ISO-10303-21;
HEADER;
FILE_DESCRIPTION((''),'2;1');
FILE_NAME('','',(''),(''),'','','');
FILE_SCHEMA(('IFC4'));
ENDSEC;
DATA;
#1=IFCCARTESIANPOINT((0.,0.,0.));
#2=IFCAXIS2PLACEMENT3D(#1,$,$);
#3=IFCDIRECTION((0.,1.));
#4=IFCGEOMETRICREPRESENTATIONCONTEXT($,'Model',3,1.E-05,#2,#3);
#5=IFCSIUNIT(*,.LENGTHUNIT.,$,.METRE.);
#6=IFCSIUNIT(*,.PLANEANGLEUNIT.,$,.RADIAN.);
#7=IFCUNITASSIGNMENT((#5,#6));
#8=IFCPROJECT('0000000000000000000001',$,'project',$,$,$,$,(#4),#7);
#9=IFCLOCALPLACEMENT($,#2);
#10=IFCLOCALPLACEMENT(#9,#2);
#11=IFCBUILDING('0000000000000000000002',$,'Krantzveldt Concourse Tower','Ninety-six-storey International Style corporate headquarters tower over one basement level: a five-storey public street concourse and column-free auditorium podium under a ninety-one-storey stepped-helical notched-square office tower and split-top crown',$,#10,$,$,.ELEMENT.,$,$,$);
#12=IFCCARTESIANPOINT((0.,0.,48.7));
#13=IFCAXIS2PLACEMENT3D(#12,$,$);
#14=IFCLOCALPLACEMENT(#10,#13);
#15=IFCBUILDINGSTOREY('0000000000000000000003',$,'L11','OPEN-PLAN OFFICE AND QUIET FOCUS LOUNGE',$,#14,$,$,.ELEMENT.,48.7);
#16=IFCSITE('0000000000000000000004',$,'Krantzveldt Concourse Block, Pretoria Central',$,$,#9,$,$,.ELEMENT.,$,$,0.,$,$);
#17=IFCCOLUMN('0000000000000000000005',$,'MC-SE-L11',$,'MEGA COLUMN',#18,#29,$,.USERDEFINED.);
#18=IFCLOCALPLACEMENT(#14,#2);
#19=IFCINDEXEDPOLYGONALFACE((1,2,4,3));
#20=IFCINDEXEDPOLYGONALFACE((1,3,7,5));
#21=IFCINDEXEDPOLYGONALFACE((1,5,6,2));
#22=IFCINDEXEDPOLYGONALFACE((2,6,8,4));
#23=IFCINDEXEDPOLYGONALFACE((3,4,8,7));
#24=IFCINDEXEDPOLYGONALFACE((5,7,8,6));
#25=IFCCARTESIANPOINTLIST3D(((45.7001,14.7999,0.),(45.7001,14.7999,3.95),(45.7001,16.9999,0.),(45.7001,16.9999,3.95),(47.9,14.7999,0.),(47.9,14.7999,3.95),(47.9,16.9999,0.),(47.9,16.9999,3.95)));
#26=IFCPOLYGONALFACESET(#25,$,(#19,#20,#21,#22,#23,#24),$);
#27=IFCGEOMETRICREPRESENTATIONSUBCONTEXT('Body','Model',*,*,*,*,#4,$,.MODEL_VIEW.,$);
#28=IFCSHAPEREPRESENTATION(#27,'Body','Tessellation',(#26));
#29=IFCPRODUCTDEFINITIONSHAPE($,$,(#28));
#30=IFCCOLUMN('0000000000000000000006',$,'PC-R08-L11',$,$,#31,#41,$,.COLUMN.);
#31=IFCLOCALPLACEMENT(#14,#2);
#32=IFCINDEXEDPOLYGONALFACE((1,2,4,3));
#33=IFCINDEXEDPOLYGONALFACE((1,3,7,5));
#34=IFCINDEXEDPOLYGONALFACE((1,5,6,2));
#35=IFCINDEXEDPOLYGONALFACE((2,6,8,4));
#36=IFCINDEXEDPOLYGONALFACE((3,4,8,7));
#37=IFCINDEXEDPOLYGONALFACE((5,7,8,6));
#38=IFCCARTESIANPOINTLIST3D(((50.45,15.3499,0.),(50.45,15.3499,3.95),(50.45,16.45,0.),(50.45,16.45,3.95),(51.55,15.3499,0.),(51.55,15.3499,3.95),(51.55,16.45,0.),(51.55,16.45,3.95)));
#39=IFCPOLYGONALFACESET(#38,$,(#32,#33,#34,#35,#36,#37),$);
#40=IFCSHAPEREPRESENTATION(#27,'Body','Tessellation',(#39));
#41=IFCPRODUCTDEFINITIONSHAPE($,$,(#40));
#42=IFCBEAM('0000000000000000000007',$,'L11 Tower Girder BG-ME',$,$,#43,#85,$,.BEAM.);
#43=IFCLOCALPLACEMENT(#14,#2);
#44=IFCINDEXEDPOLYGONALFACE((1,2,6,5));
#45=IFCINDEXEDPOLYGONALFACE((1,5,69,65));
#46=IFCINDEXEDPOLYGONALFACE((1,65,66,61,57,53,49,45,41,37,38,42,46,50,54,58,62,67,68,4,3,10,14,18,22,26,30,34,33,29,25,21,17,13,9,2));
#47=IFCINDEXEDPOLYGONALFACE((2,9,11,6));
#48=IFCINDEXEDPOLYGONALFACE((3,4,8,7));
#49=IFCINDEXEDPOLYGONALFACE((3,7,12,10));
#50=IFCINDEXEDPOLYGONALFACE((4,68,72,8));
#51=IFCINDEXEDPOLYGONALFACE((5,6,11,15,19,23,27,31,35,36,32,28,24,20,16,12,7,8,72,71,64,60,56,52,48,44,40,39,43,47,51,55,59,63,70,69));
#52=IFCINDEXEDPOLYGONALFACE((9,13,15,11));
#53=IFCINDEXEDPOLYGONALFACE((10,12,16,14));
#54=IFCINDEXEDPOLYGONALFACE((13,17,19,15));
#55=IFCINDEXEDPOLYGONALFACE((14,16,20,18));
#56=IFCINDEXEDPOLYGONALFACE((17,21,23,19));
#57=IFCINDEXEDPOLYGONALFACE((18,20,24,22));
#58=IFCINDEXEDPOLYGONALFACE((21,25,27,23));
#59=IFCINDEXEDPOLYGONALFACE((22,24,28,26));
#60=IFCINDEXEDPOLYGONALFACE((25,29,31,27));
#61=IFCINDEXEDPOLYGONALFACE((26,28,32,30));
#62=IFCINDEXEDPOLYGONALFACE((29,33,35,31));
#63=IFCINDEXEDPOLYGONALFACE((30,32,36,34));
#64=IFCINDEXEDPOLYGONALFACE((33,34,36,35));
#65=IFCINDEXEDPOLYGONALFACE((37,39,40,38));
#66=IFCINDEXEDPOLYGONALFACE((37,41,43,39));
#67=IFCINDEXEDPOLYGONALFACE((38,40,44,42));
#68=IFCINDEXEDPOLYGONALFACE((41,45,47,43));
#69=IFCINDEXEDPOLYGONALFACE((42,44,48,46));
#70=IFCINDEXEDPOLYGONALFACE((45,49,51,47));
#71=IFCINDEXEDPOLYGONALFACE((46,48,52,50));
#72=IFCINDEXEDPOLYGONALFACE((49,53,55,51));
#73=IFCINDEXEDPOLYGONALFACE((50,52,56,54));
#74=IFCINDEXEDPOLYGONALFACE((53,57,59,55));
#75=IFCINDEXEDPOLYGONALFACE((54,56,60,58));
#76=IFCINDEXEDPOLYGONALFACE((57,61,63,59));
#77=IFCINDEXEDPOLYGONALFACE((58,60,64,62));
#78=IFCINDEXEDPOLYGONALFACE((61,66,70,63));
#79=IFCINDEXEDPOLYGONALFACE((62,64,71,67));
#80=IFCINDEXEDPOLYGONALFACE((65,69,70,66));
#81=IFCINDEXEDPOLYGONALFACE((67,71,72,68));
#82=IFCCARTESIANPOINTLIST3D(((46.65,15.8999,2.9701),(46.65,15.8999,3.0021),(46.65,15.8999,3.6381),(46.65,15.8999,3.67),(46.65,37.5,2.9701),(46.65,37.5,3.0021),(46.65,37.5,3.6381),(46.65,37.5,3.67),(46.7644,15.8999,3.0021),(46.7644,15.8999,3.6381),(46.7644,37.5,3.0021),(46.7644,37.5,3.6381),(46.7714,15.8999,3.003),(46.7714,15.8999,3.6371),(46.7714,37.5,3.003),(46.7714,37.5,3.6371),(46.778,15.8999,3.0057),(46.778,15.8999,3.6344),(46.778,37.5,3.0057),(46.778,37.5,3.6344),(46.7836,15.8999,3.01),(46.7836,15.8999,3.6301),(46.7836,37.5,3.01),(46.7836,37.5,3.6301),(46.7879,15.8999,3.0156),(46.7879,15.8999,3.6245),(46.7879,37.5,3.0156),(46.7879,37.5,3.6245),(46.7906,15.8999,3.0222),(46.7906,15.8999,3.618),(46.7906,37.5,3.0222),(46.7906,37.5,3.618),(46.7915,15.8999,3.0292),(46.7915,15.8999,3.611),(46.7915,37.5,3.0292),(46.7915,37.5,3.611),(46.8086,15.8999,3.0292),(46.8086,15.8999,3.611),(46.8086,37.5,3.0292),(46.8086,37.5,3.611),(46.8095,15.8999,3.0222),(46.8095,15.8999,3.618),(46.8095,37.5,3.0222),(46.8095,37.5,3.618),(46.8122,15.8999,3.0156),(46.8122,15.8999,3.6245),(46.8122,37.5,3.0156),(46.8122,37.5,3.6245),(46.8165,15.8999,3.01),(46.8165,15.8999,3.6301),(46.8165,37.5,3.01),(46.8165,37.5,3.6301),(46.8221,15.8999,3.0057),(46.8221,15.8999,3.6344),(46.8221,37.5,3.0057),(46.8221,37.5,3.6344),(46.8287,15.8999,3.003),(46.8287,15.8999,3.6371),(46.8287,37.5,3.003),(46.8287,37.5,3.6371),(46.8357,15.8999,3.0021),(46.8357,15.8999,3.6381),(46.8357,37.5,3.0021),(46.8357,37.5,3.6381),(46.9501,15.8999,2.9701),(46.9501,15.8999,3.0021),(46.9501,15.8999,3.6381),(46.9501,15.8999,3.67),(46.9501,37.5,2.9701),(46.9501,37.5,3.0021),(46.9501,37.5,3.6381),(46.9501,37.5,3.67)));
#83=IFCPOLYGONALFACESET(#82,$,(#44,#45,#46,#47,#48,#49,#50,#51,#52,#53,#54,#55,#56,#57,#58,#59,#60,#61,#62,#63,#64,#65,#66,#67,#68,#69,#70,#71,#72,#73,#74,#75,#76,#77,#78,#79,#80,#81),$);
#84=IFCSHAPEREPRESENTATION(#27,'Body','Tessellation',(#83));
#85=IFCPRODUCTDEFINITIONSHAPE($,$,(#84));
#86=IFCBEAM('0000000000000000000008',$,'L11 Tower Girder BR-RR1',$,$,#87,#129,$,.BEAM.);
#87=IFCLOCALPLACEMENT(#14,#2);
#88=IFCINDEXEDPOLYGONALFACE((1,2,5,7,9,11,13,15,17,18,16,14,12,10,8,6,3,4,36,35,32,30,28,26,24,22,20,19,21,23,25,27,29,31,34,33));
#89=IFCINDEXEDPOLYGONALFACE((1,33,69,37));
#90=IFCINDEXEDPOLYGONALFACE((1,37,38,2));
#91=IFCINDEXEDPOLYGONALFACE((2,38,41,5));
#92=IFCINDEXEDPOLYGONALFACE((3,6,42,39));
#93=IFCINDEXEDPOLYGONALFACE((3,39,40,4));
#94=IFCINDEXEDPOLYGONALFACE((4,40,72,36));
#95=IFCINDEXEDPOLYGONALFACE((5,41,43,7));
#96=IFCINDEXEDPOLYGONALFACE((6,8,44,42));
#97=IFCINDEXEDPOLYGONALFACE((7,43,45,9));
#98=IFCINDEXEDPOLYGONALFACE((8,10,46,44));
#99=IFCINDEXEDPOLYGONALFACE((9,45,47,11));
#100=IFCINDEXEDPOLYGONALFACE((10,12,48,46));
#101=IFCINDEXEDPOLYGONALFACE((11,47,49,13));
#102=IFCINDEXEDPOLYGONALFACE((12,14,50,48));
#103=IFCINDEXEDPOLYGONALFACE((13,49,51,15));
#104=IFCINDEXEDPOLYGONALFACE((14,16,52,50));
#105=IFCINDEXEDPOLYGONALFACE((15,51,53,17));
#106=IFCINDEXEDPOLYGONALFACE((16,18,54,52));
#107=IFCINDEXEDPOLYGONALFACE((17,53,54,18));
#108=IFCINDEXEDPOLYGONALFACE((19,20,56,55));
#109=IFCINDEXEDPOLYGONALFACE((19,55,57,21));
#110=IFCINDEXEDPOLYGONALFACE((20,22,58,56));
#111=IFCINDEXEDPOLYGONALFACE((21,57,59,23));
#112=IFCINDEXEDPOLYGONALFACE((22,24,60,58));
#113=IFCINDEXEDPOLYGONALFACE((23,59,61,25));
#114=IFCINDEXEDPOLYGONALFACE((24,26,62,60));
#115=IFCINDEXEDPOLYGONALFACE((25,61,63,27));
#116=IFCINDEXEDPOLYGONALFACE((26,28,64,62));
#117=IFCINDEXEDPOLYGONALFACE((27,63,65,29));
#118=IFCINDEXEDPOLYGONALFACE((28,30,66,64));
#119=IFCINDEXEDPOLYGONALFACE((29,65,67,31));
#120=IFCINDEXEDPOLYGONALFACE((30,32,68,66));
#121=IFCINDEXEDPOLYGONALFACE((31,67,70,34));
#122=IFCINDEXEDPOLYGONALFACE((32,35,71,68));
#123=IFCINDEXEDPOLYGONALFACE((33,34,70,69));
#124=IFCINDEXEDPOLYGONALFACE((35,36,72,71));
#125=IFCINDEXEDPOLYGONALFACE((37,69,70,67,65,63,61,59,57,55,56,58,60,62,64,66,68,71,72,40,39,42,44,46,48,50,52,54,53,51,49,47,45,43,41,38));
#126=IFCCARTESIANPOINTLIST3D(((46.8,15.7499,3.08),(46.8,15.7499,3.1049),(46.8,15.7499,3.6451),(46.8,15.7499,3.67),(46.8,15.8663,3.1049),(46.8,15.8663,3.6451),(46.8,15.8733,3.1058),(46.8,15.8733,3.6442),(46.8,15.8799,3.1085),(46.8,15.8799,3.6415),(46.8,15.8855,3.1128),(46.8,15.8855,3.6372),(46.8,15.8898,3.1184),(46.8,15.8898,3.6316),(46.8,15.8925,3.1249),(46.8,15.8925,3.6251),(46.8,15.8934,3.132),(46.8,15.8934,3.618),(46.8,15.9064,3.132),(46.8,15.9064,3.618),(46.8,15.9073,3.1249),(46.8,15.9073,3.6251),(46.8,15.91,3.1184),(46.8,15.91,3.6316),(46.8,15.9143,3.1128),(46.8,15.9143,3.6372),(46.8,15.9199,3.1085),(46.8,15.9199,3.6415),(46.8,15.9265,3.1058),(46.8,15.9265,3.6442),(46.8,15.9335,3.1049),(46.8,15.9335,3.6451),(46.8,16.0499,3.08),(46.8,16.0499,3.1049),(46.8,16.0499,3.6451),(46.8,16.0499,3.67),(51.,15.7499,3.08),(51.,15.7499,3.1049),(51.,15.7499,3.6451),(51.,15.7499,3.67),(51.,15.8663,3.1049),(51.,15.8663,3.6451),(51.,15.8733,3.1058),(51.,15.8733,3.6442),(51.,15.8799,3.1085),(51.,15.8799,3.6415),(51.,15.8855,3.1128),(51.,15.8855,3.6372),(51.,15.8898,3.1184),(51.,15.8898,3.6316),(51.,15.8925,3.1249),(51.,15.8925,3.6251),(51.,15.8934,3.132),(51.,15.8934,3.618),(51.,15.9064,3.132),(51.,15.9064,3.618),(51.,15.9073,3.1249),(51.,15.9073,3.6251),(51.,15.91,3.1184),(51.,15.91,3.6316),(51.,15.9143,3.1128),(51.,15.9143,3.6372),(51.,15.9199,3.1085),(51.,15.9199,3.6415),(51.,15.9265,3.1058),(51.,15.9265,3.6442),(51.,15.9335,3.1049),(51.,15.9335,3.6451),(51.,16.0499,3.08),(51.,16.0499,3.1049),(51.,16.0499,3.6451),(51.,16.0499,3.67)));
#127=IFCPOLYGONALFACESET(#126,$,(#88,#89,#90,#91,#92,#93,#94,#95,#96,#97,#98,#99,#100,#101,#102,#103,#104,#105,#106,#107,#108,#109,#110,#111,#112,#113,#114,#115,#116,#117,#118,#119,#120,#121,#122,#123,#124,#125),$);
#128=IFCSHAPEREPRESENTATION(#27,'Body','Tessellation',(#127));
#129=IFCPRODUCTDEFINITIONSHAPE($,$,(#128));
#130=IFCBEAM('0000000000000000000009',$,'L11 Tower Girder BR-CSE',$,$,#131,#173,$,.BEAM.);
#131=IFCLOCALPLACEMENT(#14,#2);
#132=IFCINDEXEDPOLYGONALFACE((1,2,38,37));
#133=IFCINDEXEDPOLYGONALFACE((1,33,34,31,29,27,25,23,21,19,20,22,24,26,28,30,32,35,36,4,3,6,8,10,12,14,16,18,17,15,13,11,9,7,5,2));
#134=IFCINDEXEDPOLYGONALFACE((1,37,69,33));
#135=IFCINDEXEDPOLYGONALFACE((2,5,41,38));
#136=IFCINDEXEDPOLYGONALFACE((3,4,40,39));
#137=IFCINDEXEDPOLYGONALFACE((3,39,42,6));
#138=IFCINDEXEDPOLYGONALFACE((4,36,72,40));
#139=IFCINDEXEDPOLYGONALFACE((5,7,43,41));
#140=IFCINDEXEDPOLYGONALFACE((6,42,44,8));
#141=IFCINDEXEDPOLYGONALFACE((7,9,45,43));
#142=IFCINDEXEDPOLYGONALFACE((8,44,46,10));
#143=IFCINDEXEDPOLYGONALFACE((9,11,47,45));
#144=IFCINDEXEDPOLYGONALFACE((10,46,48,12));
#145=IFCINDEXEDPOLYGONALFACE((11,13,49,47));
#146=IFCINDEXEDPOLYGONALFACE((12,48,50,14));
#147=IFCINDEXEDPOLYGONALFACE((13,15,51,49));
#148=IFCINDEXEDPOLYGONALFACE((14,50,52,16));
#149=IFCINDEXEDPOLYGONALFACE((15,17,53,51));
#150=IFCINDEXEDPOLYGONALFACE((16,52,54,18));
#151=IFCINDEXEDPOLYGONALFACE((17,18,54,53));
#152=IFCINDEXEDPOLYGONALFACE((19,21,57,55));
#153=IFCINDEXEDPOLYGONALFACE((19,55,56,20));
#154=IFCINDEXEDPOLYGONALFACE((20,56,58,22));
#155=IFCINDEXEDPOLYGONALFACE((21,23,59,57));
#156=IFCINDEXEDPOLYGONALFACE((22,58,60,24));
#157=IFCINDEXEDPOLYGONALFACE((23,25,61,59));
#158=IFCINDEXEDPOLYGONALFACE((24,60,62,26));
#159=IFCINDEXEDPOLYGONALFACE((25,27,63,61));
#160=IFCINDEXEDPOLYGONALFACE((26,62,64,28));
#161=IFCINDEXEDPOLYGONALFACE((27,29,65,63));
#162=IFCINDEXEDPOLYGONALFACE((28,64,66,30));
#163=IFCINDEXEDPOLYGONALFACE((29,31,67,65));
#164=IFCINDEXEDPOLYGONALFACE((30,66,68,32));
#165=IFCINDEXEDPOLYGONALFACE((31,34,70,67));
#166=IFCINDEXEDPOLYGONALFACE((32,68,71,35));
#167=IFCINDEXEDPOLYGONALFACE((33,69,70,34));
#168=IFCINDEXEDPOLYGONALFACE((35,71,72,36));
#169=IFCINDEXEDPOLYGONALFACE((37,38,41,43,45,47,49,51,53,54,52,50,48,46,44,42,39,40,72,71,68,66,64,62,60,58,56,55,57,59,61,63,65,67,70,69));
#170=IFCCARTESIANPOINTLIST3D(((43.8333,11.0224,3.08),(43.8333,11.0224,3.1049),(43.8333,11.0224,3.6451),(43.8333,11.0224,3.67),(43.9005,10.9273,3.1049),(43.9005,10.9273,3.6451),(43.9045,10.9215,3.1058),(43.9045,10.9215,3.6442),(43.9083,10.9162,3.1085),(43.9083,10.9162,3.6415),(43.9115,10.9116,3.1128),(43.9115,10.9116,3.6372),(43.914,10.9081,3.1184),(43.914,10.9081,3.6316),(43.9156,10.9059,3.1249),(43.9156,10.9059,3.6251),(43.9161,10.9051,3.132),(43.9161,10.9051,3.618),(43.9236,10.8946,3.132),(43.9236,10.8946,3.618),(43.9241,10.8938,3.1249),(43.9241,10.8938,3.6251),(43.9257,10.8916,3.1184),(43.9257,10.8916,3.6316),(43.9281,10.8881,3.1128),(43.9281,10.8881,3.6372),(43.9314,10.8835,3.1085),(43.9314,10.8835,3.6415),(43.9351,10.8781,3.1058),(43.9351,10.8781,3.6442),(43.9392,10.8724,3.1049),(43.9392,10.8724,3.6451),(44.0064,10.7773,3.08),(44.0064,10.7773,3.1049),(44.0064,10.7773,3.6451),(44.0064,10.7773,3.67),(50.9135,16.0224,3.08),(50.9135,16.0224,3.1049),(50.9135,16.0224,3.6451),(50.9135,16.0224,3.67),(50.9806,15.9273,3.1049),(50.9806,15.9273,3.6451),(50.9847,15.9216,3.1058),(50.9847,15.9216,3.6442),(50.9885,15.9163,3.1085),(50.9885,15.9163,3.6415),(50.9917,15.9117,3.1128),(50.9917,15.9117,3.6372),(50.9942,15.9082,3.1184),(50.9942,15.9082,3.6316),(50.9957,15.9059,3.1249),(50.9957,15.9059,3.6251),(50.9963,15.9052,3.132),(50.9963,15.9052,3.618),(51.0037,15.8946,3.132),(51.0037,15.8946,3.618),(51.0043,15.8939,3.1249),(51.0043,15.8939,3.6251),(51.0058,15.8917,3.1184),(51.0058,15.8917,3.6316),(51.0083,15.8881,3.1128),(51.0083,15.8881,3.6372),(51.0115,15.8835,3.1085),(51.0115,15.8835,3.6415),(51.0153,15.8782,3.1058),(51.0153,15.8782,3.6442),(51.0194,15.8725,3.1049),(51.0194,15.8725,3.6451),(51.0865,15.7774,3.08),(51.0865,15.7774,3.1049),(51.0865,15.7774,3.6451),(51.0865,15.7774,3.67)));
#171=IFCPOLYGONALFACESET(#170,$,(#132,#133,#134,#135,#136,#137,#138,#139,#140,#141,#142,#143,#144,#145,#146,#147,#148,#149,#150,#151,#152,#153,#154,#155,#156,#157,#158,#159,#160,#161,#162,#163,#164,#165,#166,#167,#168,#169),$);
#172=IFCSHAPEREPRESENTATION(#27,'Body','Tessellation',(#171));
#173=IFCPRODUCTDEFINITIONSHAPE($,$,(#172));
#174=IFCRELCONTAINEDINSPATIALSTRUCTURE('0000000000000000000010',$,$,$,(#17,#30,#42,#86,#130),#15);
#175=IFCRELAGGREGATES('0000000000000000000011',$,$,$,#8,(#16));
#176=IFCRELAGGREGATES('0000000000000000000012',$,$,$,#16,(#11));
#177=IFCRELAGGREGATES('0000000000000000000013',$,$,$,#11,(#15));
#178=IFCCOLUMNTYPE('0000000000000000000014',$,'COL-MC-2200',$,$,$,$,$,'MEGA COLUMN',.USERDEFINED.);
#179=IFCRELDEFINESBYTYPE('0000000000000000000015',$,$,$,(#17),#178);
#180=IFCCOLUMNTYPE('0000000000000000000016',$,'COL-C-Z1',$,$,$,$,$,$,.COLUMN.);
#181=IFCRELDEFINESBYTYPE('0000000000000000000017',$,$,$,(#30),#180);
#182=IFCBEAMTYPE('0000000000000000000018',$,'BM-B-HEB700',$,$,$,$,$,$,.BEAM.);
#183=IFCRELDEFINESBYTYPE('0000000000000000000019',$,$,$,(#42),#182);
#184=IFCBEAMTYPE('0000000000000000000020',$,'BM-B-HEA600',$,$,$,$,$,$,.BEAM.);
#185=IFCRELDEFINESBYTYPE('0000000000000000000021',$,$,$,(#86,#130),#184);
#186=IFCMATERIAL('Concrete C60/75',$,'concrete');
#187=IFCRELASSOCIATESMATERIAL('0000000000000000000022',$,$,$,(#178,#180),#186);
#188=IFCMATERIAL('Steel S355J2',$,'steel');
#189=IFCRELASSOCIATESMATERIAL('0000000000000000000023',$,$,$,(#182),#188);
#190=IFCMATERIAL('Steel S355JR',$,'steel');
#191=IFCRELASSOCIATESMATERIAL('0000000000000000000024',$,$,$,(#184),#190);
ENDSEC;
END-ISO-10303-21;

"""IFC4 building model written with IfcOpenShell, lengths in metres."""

from ifc_helpers import new_model, si_unit, direction, frame, origin, origin_2d, place, context, subcontext, project, spatial, rectangle, i_section, extrude, source, transform, mapped, material, material_profile, profile_set, type_object, type_shapes, element, save


model = new_model("IFC4")

# Units and contexts
model_context = context("Model", 3, precision=1e-05, world=origin(), true_north=direction((0.0, 1.0)))
body_context = subcontext(model_context, "Body", "Model", "MODEL_VIEW")
ifc_project = project(units=[si_unit("LENGTHUNIT", "METRE"), si_unit("PLANEANGLEUNIT", "RADIAN")], contexts=[model_context])

# Site, building, storey
site_placement = place(None, origin())
site = spatial("IfcSite", under=ifc_project, at=site_placement, Name="Krantzveldt Concourse Block, Pretoria Central", CompositionType="ELEMENT", RefElevation=0.0)
building_placement = place(site_placement, origin())
building = spatial("IfcBuilding", under=site, at=building_placement, Name="Krantzveldt Concourse Tower", Description="Ninety-six-storey International Style corporate headquarters tower over one basement level: a five-storey public street concourse and column-free auditorium podium under a ninety-one-storey stepped-helical notched-square office tower and split-top crown", CompositionType="ELEMENT")
storey_placement = place(building_placement, frame((0.0, 0.0, 48.7)))
storey = spatial("IfcBuildingStorey", under=building, at=storey_placement, Name="L11", Description="OPEN-PLAN OFFICE AND QUIET FOCUS LOUNGE", CompositionType="ELEMENT", Elevation=48.7)

# Columns
ifc_material_1 = material(Name="Concrete C60/75", Category="concrete")
ifc_material_profile_1 = material_profile(ifc_material_1, rectangle(XDim=2.2, YDim=2.2, at=origin_2d()), Name="Concrete C60/75", Category="concrete")
ifc_profile_set_1 = profile_set([ifc_material_profile_1], Name="Concrete C60/75 - RC 2200x2200")
column_type_1 = type_object("IfcColumnType", Name="COL-MC-2200", ElementType="MEGA COLUMN", PredefinedType="USERDEFINED", material=ifc_profile_set_1)
shared_shape_1 = source(origin(), body_context, "Body", "SweptSolid", [
    extrude(rectangle(XDim=2.2, YDim=2.2, at=origin_2d()), origin(), (0.0, 0.0, 1.0), 3.95),
])
type_shapes(column_type_1, [shared_shape_1])
column_1_placement = place(storey_placement, frame((46.8, 15.8999, 0.0), z_axis=(0.0, 0.0, 1.0), x_axis=(1.0, 0.0, 0.0)))
element("IfcColumn", 1, at=column_1_placement, inside=storey, type_object=column_type_1, Name="MC-SE-L11", ObjectType="MEGA COLUMN", PredefinedType="USERDEFINED", context=body_context, shape_type="MappedRepresentation", body=[
    mapped(shared_shape_1, transform((0.0, 0.0, 0.0), x_axis=(1.0, 0.0, 0.0), y_axis=(0.0, 1.0, 0.0), z_axis=(0.0, 0.0, 1.0), scale=1.0)),
])
ifc_material_profile_2 = material_profile(ifc_material_1, rectangle(XDim=1.1001, YDim=1.1001, at=origin_2d()), Name="Concrete C60/75", Category="concrete")
ifc_profile_set_2 = profile_set([ifc_material_profile_2], Name="Concrete C60/75 - RC 1100x1100")
column_type_2 = type_object("IfcColumnType", Name="COL-C-Z1", PredefinedType="COLUMN", material=ifc_profile_set_2)
shared_shape_2 = source(origin(), body_context, "Body", "SweptSolid", [
    extrude(rectangle(XDim=1.1001, YDim=1.1001, at=origin_2d()), origin(), (0.0, 0.0, 1.0), 3.95),
])
type_shapes(column_type_2, [shared_shape_2])
column_2_placement = place(storey_placement, frame((51.0, 15.8999, 0.0), z_axis=(0.0, 0.0, 1.0), x_axis=(1.0, 0.0, 0.0)))
element("IfcColumn", 2, at=column_2_placement, inside=storey, type_object=column_type_2, Name="PC-R08-L11", PredefinedType="COLUMN", context=body_context, shape_type="MappedRepresentation", body=[
    mapped(shared_shape_2, transform((0.0, 0.0, 0.0), x_axis=(1.0, 0.0, 0.0), y_axis=(0.0, 1.0, 0.0), z_axis=(0.0, 0.0, 1.0), scale=1.0)),
])

# Beams
ifc_material_2 = material(Name="Steel S355J2", Category="steel")
ifc_material_profile_3 = material_profile(ifc_material_2, i_section(OverallWidth=0.3, OverallDepth=0.7, WebThickness=0.0171, FlangeThickness=0.032, FilletRadius=0.0271, at=origin_2d()), Name="Steel S355J2", Category="steel")
ifc_profile_set_3 = profile_set([ifc_material_profile_3], Name="Steel S355J2 - HEB 700")
beam_type_1 = type_object("IfcBeamType", Name="BM-B-HEB700", PredefinedType="BEAM", material=ifc_profile_set_3)
shared_shape_3 = source(origin(), body_context, "Body", "SweptSolid", [
    extrude(i_section(OverallWidth=0.3, OverallDepth=0.7, WebThickness=0.0171, FlangeThickness=0.032, FilletRadius=0.0271, at=origin_2d()), origin(), (0.0, 0.0, 1.0), 21.6001),
])
type_shapes(beam_type_1, [shared_shape_3])
beam_1_placement = place(storey_placement, frame((46.8, 15.8999, 3.3201), z_axis=(0.0, 1.0, 0.0), x_axis=(-1.0, 0.0, 0.0)))
element("IfcBeam", 3, at=beam_1_placement, inside=storey, type_object=beam_type_1, Name="L11 Tower Girder BG-ME", PredefinedType="BEAM", context=body_context, shape_type="MappedRepresentation", body=[
    mapped(shared_shape_3, transform((0.0, 0.0, 0.0), x_axis=(1.0, 0.0, 0.0), y_axis=(0.0, 1.0, 0.0), z_axis=(0.0, 0.0, 1.0), scale=1.0)),
])
ifc_material_3 = material(Name="Steel S355JR", Category="steel")
ifc_material_profile_4 = material_profile(ifc_material_3, i_section(OverallWidth=0.3, OverallDepth=0.5901, WebThickness=0.0129, FlangeThickness=0.0249, FilletRadius=0.0271, at=origin_2d()), Name="Steel S355JR", Category="steel")
ifc_profile_set_4 = profile_set([ifc_material_profile_4], Name="Steel S355JR - HEA 600")
beam_type_2 = type_object("IfcBeamType", Name="BM-B-HEA600", PredefinedType="BEAM", material=ifc_profile_set_4)
shared_shape_4 = source(origin(), body_context, "Body", "SweptSolid", [
    extrude(i_section(OverallWidth=0.3, OverallDepth=0.5901, WebThickness=0.0129, FlangeThickness=0.0249, FilletRadius=0.0271, at=origin_2d()), origin(), (0.0, 0.0, 1.0), 4.2),
])
beam_2_placement = place(storey_placement, frame((46.8, 15.8999, 3.375), z_axis=(1.0, 0.0, 0.0), x_axis=(0.0, 1.0, 0.0)))
element("IfcBeam", 4, at=beam_2_placement, inside=storey, type_object=beam_type_2, Name="L11 Tower Girder BR-RR1", PredefinedType="BEAM", context=body_context, shape_type="MappedRepresentation", body=[
    mapped(shared_shape_4, transform((0.0, 0.0, 0.0), x_axis=(1.0, 0.0, 0.0), y_axis=(0.0, 1.0, 0.0), z_axis=(0.0, 0.0, 1.0), scale=1.0)),
])
shared_shape_5 = source(origin(), body_context, "Body", "SweptSolid", [
    extrude(i_section(OverallWidth=0.3, OverallDepth=0.5901, WebThickness=0.0129, FlangeThickness=0.0249, FilletRadius=0.0271, at=origin_2d()), origin(), (0.0, 0.0, 1.0), 8.6677),
])
type_shapes(beam_type_2, [shared_shape_4, shared_shape_5])
beam_3_placement = place(storey_placement, frame((51.0, 15.8999, 3.375), z_axis=(-0.816843, -0.57686, 0.0), x_axis=(0.57686, -0.816843, 0.0)))
element("IfcBeam", 5, at=beam_3_placement, inside=storey, type_object=beam_type_2, Name="L11 Tower Girder BR-CSE", PredefinedType="BEAM", context=body_context, shape_type="MappedRepresentation", body=[
    mapped(shared_shape_5, transform((0.0, 0.0, 0.0), x_axis=(1.0, 0.0, 0.0), y_axis=(0.0, 1.0, 0.0), z_axis=(0.0, 0.0, 1.0), scale=1.0)),
])

save(model, "model.ifc")
